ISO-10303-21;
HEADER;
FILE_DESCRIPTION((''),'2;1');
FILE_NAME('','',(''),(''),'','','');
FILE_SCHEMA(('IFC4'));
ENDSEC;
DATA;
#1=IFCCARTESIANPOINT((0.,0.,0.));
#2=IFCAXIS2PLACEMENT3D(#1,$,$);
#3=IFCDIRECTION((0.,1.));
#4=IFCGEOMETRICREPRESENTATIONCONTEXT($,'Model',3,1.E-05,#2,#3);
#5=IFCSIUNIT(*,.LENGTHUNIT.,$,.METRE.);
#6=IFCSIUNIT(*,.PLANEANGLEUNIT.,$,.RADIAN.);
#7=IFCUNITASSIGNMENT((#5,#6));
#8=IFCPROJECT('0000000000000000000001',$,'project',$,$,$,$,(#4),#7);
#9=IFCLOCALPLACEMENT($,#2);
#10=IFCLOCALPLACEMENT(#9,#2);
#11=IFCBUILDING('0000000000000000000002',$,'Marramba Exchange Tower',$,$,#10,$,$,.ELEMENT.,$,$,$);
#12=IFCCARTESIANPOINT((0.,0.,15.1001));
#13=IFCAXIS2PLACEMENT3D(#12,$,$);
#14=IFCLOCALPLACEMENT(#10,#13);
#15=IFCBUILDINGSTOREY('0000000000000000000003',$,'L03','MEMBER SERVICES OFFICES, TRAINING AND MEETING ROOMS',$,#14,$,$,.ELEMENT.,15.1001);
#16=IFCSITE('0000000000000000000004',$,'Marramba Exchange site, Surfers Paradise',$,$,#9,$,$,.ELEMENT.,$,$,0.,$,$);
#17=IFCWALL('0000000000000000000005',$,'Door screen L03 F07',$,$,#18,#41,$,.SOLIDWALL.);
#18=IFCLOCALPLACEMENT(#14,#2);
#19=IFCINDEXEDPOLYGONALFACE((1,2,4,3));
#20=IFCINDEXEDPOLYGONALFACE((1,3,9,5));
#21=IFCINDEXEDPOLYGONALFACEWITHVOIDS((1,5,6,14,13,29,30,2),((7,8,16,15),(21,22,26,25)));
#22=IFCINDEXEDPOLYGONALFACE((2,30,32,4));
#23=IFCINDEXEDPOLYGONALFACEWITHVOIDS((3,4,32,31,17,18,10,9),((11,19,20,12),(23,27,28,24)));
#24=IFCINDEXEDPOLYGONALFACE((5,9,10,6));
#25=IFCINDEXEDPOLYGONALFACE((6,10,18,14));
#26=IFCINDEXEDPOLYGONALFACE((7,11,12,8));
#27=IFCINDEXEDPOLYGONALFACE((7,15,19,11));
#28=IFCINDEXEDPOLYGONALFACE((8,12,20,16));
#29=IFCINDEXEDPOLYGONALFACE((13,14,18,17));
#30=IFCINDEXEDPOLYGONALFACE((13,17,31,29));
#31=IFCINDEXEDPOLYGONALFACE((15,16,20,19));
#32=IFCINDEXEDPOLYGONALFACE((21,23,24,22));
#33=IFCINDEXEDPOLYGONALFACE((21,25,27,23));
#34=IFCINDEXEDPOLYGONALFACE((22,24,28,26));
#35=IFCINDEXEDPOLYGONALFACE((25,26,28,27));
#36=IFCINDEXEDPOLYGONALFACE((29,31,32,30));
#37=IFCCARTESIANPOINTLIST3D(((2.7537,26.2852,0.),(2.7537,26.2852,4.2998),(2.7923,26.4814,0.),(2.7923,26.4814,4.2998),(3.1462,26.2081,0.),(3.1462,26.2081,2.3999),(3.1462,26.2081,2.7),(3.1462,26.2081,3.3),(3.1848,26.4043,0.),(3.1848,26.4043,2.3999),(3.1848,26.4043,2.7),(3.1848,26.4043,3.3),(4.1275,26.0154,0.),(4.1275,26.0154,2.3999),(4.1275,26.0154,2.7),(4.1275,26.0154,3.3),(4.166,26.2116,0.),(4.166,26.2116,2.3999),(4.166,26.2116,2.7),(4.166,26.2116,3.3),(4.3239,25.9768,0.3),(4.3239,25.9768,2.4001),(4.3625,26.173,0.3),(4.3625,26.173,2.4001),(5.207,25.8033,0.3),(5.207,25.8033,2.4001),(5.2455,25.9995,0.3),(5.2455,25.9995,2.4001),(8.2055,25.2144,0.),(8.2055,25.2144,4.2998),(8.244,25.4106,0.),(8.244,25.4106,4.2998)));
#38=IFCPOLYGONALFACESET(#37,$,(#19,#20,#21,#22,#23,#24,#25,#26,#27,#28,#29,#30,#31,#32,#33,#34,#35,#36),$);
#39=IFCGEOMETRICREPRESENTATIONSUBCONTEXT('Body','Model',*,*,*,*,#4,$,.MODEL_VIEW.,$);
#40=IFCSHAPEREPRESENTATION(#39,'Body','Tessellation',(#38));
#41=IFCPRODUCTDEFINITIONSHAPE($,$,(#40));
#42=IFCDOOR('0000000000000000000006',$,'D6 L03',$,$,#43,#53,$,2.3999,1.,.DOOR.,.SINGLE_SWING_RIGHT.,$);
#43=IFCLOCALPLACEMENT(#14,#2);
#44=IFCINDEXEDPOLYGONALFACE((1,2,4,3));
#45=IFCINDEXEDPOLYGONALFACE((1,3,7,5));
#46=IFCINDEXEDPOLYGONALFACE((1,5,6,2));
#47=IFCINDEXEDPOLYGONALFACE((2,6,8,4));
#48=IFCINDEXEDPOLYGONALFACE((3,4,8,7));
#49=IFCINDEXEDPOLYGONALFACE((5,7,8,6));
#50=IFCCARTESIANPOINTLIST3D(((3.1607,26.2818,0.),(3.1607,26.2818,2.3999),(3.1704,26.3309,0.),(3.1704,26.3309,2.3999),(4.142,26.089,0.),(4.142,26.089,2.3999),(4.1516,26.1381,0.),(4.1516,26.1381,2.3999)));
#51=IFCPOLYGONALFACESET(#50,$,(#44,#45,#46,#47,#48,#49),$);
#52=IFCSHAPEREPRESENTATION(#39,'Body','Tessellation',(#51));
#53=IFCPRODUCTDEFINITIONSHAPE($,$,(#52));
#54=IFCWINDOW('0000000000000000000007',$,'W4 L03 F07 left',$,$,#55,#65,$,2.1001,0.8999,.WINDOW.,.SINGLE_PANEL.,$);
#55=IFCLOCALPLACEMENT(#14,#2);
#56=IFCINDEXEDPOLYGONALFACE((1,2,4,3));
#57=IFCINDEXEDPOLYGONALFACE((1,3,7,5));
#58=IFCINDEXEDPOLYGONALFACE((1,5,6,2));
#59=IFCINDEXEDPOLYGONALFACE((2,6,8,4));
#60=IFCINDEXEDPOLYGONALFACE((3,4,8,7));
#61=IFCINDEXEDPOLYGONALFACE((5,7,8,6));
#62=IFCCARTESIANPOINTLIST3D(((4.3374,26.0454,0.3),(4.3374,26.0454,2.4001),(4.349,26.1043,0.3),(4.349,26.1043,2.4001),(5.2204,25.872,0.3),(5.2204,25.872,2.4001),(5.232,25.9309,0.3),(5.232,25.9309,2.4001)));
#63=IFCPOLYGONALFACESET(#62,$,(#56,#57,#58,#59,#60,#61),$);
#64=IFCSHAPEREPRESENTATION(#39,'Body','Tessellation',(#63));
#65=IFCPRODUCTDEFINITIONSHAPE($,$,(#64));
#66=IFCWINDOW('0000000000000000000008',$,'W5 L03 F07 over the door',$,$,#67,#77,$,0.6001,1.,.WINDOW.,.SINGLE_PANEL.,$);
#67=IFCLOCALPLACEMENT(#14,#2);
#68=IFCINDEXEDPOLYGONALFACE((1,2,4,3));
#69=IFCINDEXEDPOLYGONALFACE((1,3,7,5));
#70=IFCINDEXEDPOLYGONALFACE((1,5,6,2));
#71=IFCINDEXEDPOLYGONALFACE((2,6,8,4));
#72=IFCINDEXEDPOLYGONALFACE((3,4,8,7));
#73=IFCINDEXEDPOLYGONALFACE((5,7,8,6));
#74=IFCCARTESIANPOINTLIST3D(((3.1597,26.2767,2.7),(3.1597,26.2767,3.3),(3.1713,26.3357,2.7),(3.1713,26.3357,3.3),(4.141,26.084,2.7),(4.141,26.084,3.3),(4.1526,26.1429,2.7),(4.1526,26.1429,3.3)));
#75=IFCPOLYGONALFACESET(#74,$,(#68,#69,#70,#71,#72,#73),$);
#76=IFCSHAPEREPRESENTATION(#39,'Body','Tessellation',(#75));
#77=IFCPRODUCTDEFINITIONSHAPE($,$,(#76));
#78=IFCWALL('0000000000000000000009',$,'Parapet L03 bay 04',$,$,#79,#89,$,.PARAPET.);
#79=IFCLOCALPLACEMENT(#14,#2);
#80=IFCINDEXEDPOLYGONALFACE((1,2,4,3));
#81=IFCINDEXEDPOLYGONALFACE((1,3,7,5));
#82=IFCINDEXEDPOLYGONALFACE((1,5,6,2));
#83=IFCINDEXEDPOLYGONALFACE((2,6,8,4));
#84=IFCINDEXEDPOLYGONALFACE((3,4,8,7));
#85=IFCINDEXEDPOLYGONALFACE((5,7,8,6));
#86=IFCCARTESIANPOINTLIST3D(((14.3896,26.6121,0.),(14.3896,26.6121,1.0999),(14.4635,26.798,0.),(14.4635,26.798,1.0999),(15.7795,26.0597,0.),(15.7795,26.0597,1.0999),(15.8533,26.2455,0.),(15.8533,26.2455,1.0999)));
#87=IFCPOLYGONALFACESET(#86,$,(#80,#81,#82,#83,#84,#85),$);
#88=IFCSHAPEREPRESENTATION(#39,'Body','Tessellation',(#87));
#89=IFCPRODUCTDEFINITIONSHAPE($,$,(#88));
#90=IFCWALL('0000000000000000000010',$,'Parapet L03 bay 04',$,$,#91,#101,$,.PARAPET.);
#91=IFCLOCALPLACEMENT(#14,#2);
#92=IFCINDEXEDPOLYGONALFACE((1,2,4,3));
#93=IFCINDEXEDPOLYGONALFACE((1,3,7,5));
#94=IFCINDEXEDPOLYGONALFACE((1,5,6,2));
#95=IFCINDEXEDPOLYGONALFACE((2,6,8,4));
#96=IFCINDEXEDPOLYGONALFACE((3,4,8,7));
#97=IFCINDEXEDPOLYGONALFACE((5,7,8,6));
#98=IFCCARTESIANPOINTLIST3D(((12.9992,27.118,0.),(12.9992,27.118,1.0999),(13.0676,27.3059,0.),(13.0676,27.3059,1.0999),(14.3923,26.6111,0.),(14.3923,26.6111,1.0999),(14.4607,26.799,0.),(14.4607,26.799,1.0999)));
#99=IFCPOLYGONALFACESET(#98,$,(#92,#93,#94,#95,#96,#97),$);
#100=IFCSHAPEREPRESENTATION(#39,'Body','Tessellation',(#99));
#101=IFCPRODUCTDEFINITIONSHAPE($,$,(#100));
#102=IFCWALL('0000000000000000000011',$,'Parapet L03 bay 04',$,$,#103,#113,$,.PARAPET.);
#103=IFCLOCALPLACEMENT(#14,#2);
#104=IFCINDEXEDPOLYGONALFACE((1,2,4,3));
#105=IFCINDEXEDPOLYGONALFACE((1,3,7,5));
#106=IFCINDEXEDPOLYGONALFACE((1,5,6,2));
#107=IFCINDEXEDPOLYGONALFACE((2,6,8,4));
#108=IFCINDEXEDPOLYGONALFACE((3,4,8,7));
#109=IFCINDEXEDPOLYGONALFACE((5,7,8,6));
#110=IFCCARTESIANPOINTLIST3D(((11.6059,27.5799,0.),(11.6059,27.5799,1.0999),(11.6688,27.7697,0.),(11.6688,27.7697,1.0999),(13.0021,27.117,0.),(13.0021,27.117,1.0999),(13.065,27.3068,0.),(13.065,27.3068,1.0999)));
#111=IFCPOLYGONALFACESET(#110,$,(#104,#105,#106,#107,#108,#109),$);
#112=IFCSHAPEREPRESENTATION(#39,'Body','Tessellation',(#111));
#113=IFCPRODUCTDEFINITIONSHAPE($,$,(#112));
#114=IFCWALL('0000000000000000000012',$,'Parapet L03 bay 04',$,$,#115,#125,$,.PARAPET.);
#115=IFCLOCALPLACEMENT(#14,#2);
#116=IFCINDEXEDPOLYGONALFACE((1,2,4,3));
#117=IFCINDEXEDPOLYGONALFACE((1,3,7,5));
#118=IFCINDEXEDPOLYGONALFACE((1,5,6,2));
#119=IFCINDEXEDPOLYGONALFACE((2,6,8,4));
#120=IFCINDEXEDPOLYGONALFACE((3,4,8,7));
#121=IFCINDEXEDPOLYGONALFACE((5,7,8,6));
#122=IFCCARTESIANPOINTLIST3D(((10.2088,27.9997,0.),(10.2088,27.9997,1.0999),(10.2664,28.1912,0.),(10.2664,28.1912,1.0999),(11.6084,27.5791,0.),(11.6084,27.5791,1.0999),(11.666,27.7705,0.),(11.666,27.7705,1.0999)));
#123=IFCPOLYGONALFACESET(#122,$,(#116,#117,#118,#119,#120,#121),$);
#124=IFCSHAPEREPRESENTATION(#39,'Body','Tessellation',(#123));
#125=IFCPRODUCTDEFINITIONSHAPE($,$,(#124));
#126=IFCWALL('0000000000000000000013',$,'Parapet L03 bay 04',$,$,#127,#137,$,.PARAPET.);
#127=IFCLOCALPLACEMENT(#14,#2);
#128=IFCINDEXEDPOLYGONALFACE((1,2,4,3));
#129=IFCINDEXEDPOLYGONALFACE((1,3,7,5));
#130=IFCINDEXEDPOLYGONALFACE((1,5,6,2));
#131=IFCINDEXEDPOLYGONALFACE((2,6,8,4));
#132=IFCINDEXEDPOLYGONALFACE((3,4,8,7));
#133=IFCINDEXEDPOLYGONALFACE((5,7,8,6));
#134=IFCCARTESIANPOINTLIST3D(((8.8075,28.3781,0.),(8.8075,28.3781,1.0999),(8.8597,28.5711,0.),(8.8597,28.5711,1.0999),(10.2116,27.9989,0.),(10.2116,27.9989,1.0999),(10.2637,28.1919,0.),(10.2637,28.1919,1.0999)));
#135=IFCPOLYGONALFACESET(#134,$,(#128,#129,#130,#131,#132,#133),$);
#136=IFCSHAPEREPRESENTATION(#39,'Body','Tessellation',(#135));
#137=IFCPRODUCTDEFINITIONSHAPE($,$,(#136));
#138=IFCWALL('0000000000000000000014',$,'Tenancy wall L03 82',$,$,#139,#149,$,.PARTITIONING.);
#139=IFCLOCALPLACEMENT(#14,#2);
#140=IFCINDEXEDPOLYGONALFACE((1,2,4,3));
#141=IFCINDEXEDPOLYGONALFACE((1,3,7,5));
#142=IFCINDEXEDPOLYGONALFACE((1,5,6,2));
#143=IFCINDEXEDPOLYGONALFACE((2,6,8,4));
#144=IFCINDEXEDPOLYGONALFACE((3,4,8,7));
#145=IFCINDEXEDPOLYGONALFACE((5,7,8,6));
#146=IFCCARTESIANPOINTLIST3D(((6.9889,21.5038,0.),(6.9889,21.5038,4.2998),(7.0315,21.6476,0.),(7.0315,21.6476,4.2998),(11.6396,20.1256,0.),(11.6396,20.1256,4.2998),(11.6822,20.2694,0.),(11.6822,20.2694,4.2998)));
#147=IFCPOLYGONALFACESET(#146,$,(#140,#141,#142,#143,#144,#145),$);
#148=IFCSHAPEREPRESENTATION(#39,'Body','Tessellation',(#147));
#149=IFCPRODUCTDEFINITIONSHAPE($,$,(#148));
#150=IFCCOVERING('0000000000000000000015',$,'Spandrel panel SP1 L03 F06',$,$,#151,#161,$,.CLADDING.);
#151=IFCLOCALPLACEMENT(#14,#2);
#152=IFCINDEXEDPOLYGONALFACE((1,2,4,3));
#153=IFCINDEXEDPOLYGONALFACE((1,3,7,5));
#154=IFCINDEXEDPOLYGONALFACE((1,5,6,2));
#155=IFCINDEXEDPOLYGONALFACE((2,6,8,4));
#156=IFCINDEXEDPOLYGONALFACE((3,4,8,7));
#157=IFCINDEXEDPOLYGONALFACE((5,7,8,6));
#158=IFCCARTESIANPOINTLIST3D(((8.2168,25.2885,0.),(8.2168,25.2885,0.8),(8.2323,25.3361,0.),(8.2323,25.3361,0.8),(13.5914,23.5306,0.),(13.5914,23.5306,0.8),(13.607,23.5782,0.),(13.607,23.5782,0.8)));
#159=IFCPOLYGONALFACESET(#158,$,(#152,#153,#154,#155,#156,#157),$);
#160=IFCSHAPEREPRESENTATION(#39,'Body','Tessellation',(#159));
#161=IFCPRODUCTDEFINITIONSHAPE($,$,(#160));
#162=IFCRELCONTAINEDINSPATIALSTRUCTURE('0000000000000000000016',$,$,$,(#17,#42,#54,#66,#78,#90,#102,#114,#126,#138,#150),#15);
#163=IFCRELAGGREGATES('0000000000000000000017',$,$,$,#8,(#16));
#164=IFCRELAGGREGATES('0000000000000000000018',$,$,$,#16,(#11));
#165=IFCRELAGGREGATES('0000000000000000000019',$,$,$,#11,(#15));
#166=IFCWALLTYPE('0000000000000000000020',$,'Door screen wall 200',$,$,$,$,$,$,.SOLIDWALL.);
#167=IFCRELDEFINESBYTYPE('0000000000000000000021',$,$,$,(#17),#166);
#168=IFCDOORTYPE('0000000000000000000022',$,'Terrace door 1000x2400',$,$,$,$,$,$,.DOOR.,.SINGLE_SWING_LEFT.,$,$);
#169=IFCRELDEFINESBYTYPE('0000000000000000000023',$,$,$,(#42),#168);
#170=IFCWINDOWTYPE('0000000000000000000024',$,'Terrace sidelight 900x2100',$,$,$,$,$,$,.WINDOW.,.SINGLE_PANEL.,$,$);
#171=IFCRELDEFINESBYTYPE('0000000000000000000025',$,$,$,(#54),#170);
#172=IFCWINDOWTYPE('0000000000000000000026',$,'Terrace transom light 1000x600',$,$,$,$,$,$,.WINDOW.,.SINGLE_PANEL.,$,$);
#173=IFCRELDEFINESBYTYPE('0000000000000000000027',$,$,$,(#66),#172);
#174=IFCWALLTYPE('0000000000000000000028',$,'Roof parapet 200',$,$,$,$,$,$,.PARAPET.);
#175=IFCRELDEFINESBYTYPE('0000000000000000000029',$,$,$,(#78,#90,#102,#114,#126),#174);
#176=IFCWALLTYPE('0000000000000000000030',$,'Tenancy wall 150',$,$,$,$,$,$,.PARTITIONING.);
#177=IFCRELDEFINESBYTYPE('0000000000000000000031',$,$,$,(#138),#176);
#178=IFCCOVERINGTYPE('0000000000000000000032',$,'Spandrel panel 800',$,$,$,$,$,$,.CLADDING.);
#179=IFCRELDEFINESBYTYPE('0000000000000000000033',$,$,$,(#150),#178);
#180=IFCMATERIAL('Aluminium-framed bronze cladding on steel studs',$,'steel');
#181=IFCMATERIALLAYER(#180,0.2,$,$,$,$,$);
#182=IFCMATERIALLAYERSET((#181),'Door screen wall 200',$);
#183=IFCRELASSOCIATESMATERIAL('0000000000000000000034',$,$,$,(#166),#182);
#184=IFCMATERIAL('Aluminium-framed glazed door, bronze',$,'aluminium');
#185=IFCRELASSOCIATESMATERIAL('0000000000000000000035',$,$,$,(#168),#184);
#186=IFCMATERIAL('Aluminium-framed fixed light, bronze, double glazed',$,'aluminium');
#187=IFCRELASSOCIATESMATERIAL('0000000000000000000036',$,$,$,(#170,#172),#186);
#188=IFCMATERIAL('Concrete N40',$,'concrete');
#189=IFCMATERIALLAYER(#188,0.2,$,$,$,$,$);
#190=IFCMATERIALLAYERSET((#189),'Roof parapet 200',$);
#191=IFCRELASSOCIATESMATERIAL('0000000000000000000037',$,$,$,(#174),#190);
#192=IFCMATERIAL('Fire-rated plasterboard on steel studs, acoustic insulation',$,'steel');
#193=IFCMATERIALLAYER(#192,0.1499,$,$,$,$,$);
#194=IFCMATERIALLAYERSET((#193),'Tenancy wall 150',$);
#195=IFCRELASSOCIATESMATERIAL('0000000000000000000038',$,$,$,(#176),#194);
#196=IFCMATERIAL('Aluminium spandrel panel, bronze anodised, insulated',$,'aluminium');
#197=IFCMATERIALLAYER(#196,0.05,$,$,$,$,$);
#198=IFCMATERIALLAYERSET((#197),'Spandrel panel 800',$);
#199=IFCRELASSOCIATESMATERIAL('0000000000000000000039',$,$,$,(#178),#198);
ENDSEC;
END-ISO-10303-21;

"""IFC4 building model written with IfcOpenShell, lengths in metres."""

from ifc_helpers import new_model, si_unit, direction, frame, frame_2d, origin, origin_2d, place, context, subcontext, project, spatial, rectangle, extrude, material, layer, layer_set, type_object, element, fill, save


model = new_model("IFC4")

# Units and contexts
model_context = context("Model", 3, precision=1e-05, world=origin(), true_north=direction((0.0, 1.0)))
body_context = subcontext(model_context, "Body", "Model", "MODEL_VIEW")
ifc_project = project(units=[si_unit("LENGTHUNIT", "METRE"), si_unit("PLANEANGLEUNIT", "RADIAN")], contexts=[model_context])

# Site, building, storey
site_placement = place(None, origin())
site = spatial("IfcSite", under=ifc_project, at=site_placement, Name="Marramba Exchange site, Surfers Paradise", CompositionType="ELEMENT", RefElevation=0.0)
building_placement = place(site_placement, origin())
building = spatial("IfcBuilding", under=site, at=building_placement, Name="Marramba Exchange Tower", CompositionType="ELEMENT")
storey_placement = place(building_placement, frame((0.0, 0.0, 15.1001)))
storey = spatial("IfcBuildingStorey", under=building, at=storey_placement, Name="L03", Description="MEMBER SERVICES OFFICES, TRAINING AND MEETING ROOMS", CompositionType="ELEMENT", Elevation=15.1001)

# Wall, openings, door, windows
ifc_material_1 = material(Name="Aluminium-framed bronze cladding on steel studs", Category="steel")
ifc_layer_1 = layer(ifc_material_1, 0.2)
ifc_layer_set_1 = layer_set([ifc_layer_1], Name="Door screen wall 200")
wall_type_1 = type_object("IfcWallType", Name="Door screen wall 200", PredefinedType="SOLIDWALL", material=ifc_layer_set_1)
wall_1_placement = place(storey_placement, frame((8.2246, 25.3125, 0.0), z_axis=(0.0, 0.0, 1.0), x_axis=(-0.981251, 0.192735, 0.0)))
wall_1 = element("IfcWall", 1, at=wall_1_placement, inside=storey, type_object=wall_type_1, Name="Door screen L03 F07", PredefinedType="SOLIDWALL", context=body_context, shape_type="SweptSolid", body=[
    extrude(rectangle(XDim=5.5559, YDim=0.2, at=frame_2d((2.7778, 0.0))), origin(), (0.0, 0.0, 1.0), 4.2998),
])
opening_1_placement = place(wall_1_placement, frame((4.1558, 0.0, 0.0)))
opening_1 = element("IfcOpeningElement", 2, at=opening_1_placement, cuts=wall_1, PredefinedType="OPENING", context=body_context, shape_type="SweptSolid", body=[
    extrude(rectangle(XDim=1.0, YDim=2.3999, at=frame_2d((0.5, 1.2))), frame((0.0, 0.1099, 0.0), z_axis=(0.0, -1.0, 0.0), x_axis=(1.0, 0.0, 0.0)), (0.0, 0.0, 1.0), 0.22),
])
opening_2_placement = place(wall_1_placement, frame((3.0557, 0.0, 0.3)))
opening_2 = element("IfcOpeningElement", 3, at=opening_2_placement, cuts=wall_1, PredefinedType="OPENING", context=body_context, shape_type="SweptSolid", body=[
    extrude(rectangle(XDim=0.8999, YDim=2.1001, at=frame_2d((0.45, 1.05))), frame((0.0, 0.1099, 0.0), z_axis=(0.0, -1.0, 0.0), x_axis=(1.0, 0.0, 0.0)), (0.0, 0.0, 1.0), 0.22),
])
opening_3_placement = place(wall_1_placement, frame((4.1558, 0.0, 2.7)))
opening_3 = element("IfcOpeningElement", 4, at=opening_3_placement, cuts=wall_1, PredefinedType="OPENING", context=body_context, shape_type="SweptSolid", body=[
    extrude(rectangle(XDim=1.0, YDim=0.6001, at=frame_2d((0.5, 0.3))), frame((0.0, 0.1099, 0.0), z_axis=(0.0, -1.0, 0.0), x_axis=(1.0, 0.0, 0.0)), (0.0, 0.0, 1.0), 0.22),
])
ifc_material_2 = material(Name="Aluminium-framed glazed door, bronze", Category="aluminium")
door_type_1 = type_object("IfcDoorType", Name="Terrace door 1000x2400", OperationType="SINGLE_SWING_LEFT", PredefinedType="DOOR", material=ifc_material_2)
door_1_placement = place(opening_1_placement, frame((1.0, 0.0, 0.0), z_axis=(0.0, 0.0, 1.0), x_axis=(-1.0, 0.0, 0.0)))
door_1 = element("IfcDoor", 5, at=door_1_placement, inside=storey, type_object=door_type_1, Name="D6 L03", OperationType="SINGLE_SWING_RIGHT", OverallHeight=2.3999, OverallWidth=1.0, PredefinedType="DOOR", context=body_context, shape_type="SweptSolid", body=[
    extrude(rectangle(XDim=1.0, YDim=2.3999, at=frame_2d((0.5, 1.2))), frame((0.0, 0.0251, 0.0), z_axis=(0.0, -1.0, 0.0), x_axis=(1.0, 0.0, 0.0)), (0.0, 0.0, 1.0), 0.05),
])
fill(opening_1, door_1)
ifc_material_3 = material(Name="Aluminium-framed fixed light, bronze, double glazed", Category="aluminium")
window_type_1 = type_object("IfcWindowType", Name="Terrace sidelight 900x2100", PartitioningType="SINGLE_PANEL", PredefinedType="WINDOW", material=ifc_material_3)
window_1_placement = place(opening_2_placement, origin())
window_1 = element("IfcWindow", 6, at=window_1_placement, inside=storey, type_object=window_type_1, Name="W4 L03 F07 left", OverallHeight=2.1001, OverallWidth=0.8999, PartitioningType="SINGLE_PANEL", PredefinedType="WINDOW", context=body_context, shape_type="SweptSolid", body=[
    extrude(rectangle(XDim=0.8999, YDim=2.1001, at=frame_2d((0.45, 1.05))), frame((0.0, 0.03, 0.0), z_axis=(0.0, -1.0, 0.0), x_axis=(1.0, 0.0, 0.0)), (0.0, 0.0, 1.0), 0.0601),
])
fill(opening_2, window_1)
window_type_2 = type_object("IfcWindowType", Name="Terrace transom light 1000x600", PartitioningType="SINGLE_PANEL", PredefinedType="WINDOW", material=ifc_material_3)
window_2_placement = place(opening_3_placement, origin())
window_2 = element("IfcWindow", 7, at=window_2_placement, inside=storey, type_object=window_type_2, Name="W5 L03 F07 over the door", OverallHeight=0.6001, OverallWidth=1.0, PartitioningType="SINGLE_PANEL", PredefinedType="WINDOW", context=body_context, shape_type="SweptSolid", body=[
    extrude(rectangle(XDim=1.0, YDim=0.6001, at=frame_2d((0.5, 0.3))), frame((0.0, 0.03, 0.0), z_axis=(0.0, -1.0, 0.0), x_axis=(1.0, 0.0, 0.0)), (0.0, 0.0, 1.0), 0.0601),
])
fill(opening_3, window_2)

# Walls
ifc_material_4 = material(Name="Concrete N40", Category="concrete")
ifc_layer_2 = layer(ifc_material_4, 0.2)
ifc_layer_set_2 = layer_set([ifc_layer_2], Name="Roof parapet 200")
wall_type_2 = type_object("IfcWallType", Name="Roof parapet 200", PredefinedType="PARAPET", material=ifc_layer_set_2)
wall_2_placement = place(storey_placement, frame((15.8164, 26.1526, 0.0), z_axis=(0.0, 0.0, 1.0), x_axis=(-0.929274, 0.369392, 0.0)))
element("IfcWall", 8, at=wall_2_placement, inside=storey, type_object=wall_type_2, Name="Parapet L03 bay 04", PredefinedType="PARAPET", context=body_context, shape_type="SweptSolid", body=[
    extrude(rectangle(XDim=1.4956, YDim=0.2, at=frame_2d((0.7478, 0.0))), origin(), (0.0, 0.0, 1.0), 1.0999),
])
wall_3_placement = place(storey_placement, frame((14.4265, 26.7051, 0.0), z_axis=(0.0, 0.0, 1.0), x_axis=(-0.939736, 0.341902, 0.0)))
element("IfcWall", 9, at=wall_3_placement, inside=storey, type_object=wall_type_2, Name="Parapet L03 bay 04", PredefinedType="PARAPET", context=body_context, shape_type="SweptSolid", body=[
    extrude(rectangle(XDim=1.4824, YDim=0.2, at=frame_2d((0.7412, 0.0))), origin(), (0.0, 0.0, 1.0), 1.0999),
])
wall_4_placement = place(storey_placement, frame((13.0334, 27.2119, 0.0), z_axis=(0.0, 0.0, 1.0), x_axis=(-0.949197, 0.314684, 0.0)))
element("IfcWall", 10, at=wall_4_placement, inside=storey, type_object=wall_type_2, Name="Parapet L03 bay 04", PredefinedType="PARAPET", context=body_context, shape_type="SweptSolid", body=[
    extrude(rectangle(XDim=1.4709, YDim=0.2, at=frame_2d((0.7354, 0.0))), origin(), (0.0, 0.0, 1.0), 1.0999),
])
wall_5_placement = place(storey_placement, frame((11.6372, 27.6748, 0.0), z_axis=(0.0, 0.0, 1.0), x_axis=(-0.957684, 0.287823, 0.0)))
element("IfcWall", 11, at=wall_5_placement, inside=storey, type_object=wall_type_2, Name="Parapet L03 bay 04", PredefinedType="PARAPET", context=body_context, shape_type="SweptSolid", body=[
    extrude(rectangle(XDim=1.4614, YDim=0.2, at=frame_2d((0.7307, 0.0))), origin(), (0.0, 0.0, 1.0), 1.0999),
])
wall_6_placement = place(storey_placement, frame((10.2375, 28.0955, 0.0), z_axis=(0.0, 0.0, 1.0), x_axis=(-0.965419, 0.260702, 0.0)))
element("IfcWall", 12, at=wall_6_placement, inside=storey, type_object=wall_type_2, Name="Parapet L03 bay 04", PredefinedType="PARAPET", context=body_context, shape_type="SweptSolid", body=[
    extrude(rectangle(XDim=1.4543, YDim=0.2, at=frame_2d((0.7271, 0.0))), origin(), (0.0, 0.0, 1.0), 1.0999),
])
ifc_material_5 = material(Name="Fire-rated plasterboard on steel studs, acoustic insulation", Category="steel")
ifc_layer_3 = layer(ifc_material_5, 0.1499)
ifc_layer_set_3 = layer_set([ifc_layer_3], Name="Tenancy wall 150")
wall_type_3 = type_object("IfcWallType", Name="Tenancy wall 150", PredefinedType="PARTITIONING", material=ifc_layer_set_3)
wall_7_placement = place(storey_placement, frame((11.6609, 20.1975, 0.0), z_axis=(0.0, 0.0, 1.0), x_axis=(-0.958786, 0.284128, 0.0)))
element("IfcWall", 13, at=wall_7_placement, inside=storey, type_object=wall_type_3, Name="Tenancy wall L03 82", PredefinedType="PARTITIONING", context=body_context, shape_type="SweptSolid", body=[
    extrude(rectangle(XDim=4.8506, YDim=0.1499, at=frame_2d((2.4253, 0.0))), origin(), (0.0, 0.0, 1.0), 4.2998),
])

# Covering
ifc_material_6 = material(Name="Aluminium spandrel panel, bronze anodised, insulated", Category="aluminium")
ifc_layer_4 = layer(ifc_material_6, 0.05)
ifc_layer_set_4 = layer_set([ifc_layer_4], Name="Spandrel panel 800")
covering_type = type_object("IfcCoveringType", Name="Spandrel panel 800", PredefinedType="CLADDING", material=ifc_layer_set_4)
covering_placement = place(storey_placement, frame((10.9119, 24.4333, 0.0), z_axis=(0.0, 0.0, 1.0), x_axis=(-0.950455, 0.310862, 0.0)))
element("IfcCovering", 14, at=covering_placement, inside=storey, type_object=covering_type, Name="Spandrel panel SP1 L03 F06", PredefinedType="CLADDING", context=body_context, shape_type="SweptSolid", body=[
    extrude(rectangle(XDim=5.6548, YDim=0.05, at=origin_2d()), origin(), (0.0, 0.0, 1.0), 0.8),
])

save(model, "model.ifc")
